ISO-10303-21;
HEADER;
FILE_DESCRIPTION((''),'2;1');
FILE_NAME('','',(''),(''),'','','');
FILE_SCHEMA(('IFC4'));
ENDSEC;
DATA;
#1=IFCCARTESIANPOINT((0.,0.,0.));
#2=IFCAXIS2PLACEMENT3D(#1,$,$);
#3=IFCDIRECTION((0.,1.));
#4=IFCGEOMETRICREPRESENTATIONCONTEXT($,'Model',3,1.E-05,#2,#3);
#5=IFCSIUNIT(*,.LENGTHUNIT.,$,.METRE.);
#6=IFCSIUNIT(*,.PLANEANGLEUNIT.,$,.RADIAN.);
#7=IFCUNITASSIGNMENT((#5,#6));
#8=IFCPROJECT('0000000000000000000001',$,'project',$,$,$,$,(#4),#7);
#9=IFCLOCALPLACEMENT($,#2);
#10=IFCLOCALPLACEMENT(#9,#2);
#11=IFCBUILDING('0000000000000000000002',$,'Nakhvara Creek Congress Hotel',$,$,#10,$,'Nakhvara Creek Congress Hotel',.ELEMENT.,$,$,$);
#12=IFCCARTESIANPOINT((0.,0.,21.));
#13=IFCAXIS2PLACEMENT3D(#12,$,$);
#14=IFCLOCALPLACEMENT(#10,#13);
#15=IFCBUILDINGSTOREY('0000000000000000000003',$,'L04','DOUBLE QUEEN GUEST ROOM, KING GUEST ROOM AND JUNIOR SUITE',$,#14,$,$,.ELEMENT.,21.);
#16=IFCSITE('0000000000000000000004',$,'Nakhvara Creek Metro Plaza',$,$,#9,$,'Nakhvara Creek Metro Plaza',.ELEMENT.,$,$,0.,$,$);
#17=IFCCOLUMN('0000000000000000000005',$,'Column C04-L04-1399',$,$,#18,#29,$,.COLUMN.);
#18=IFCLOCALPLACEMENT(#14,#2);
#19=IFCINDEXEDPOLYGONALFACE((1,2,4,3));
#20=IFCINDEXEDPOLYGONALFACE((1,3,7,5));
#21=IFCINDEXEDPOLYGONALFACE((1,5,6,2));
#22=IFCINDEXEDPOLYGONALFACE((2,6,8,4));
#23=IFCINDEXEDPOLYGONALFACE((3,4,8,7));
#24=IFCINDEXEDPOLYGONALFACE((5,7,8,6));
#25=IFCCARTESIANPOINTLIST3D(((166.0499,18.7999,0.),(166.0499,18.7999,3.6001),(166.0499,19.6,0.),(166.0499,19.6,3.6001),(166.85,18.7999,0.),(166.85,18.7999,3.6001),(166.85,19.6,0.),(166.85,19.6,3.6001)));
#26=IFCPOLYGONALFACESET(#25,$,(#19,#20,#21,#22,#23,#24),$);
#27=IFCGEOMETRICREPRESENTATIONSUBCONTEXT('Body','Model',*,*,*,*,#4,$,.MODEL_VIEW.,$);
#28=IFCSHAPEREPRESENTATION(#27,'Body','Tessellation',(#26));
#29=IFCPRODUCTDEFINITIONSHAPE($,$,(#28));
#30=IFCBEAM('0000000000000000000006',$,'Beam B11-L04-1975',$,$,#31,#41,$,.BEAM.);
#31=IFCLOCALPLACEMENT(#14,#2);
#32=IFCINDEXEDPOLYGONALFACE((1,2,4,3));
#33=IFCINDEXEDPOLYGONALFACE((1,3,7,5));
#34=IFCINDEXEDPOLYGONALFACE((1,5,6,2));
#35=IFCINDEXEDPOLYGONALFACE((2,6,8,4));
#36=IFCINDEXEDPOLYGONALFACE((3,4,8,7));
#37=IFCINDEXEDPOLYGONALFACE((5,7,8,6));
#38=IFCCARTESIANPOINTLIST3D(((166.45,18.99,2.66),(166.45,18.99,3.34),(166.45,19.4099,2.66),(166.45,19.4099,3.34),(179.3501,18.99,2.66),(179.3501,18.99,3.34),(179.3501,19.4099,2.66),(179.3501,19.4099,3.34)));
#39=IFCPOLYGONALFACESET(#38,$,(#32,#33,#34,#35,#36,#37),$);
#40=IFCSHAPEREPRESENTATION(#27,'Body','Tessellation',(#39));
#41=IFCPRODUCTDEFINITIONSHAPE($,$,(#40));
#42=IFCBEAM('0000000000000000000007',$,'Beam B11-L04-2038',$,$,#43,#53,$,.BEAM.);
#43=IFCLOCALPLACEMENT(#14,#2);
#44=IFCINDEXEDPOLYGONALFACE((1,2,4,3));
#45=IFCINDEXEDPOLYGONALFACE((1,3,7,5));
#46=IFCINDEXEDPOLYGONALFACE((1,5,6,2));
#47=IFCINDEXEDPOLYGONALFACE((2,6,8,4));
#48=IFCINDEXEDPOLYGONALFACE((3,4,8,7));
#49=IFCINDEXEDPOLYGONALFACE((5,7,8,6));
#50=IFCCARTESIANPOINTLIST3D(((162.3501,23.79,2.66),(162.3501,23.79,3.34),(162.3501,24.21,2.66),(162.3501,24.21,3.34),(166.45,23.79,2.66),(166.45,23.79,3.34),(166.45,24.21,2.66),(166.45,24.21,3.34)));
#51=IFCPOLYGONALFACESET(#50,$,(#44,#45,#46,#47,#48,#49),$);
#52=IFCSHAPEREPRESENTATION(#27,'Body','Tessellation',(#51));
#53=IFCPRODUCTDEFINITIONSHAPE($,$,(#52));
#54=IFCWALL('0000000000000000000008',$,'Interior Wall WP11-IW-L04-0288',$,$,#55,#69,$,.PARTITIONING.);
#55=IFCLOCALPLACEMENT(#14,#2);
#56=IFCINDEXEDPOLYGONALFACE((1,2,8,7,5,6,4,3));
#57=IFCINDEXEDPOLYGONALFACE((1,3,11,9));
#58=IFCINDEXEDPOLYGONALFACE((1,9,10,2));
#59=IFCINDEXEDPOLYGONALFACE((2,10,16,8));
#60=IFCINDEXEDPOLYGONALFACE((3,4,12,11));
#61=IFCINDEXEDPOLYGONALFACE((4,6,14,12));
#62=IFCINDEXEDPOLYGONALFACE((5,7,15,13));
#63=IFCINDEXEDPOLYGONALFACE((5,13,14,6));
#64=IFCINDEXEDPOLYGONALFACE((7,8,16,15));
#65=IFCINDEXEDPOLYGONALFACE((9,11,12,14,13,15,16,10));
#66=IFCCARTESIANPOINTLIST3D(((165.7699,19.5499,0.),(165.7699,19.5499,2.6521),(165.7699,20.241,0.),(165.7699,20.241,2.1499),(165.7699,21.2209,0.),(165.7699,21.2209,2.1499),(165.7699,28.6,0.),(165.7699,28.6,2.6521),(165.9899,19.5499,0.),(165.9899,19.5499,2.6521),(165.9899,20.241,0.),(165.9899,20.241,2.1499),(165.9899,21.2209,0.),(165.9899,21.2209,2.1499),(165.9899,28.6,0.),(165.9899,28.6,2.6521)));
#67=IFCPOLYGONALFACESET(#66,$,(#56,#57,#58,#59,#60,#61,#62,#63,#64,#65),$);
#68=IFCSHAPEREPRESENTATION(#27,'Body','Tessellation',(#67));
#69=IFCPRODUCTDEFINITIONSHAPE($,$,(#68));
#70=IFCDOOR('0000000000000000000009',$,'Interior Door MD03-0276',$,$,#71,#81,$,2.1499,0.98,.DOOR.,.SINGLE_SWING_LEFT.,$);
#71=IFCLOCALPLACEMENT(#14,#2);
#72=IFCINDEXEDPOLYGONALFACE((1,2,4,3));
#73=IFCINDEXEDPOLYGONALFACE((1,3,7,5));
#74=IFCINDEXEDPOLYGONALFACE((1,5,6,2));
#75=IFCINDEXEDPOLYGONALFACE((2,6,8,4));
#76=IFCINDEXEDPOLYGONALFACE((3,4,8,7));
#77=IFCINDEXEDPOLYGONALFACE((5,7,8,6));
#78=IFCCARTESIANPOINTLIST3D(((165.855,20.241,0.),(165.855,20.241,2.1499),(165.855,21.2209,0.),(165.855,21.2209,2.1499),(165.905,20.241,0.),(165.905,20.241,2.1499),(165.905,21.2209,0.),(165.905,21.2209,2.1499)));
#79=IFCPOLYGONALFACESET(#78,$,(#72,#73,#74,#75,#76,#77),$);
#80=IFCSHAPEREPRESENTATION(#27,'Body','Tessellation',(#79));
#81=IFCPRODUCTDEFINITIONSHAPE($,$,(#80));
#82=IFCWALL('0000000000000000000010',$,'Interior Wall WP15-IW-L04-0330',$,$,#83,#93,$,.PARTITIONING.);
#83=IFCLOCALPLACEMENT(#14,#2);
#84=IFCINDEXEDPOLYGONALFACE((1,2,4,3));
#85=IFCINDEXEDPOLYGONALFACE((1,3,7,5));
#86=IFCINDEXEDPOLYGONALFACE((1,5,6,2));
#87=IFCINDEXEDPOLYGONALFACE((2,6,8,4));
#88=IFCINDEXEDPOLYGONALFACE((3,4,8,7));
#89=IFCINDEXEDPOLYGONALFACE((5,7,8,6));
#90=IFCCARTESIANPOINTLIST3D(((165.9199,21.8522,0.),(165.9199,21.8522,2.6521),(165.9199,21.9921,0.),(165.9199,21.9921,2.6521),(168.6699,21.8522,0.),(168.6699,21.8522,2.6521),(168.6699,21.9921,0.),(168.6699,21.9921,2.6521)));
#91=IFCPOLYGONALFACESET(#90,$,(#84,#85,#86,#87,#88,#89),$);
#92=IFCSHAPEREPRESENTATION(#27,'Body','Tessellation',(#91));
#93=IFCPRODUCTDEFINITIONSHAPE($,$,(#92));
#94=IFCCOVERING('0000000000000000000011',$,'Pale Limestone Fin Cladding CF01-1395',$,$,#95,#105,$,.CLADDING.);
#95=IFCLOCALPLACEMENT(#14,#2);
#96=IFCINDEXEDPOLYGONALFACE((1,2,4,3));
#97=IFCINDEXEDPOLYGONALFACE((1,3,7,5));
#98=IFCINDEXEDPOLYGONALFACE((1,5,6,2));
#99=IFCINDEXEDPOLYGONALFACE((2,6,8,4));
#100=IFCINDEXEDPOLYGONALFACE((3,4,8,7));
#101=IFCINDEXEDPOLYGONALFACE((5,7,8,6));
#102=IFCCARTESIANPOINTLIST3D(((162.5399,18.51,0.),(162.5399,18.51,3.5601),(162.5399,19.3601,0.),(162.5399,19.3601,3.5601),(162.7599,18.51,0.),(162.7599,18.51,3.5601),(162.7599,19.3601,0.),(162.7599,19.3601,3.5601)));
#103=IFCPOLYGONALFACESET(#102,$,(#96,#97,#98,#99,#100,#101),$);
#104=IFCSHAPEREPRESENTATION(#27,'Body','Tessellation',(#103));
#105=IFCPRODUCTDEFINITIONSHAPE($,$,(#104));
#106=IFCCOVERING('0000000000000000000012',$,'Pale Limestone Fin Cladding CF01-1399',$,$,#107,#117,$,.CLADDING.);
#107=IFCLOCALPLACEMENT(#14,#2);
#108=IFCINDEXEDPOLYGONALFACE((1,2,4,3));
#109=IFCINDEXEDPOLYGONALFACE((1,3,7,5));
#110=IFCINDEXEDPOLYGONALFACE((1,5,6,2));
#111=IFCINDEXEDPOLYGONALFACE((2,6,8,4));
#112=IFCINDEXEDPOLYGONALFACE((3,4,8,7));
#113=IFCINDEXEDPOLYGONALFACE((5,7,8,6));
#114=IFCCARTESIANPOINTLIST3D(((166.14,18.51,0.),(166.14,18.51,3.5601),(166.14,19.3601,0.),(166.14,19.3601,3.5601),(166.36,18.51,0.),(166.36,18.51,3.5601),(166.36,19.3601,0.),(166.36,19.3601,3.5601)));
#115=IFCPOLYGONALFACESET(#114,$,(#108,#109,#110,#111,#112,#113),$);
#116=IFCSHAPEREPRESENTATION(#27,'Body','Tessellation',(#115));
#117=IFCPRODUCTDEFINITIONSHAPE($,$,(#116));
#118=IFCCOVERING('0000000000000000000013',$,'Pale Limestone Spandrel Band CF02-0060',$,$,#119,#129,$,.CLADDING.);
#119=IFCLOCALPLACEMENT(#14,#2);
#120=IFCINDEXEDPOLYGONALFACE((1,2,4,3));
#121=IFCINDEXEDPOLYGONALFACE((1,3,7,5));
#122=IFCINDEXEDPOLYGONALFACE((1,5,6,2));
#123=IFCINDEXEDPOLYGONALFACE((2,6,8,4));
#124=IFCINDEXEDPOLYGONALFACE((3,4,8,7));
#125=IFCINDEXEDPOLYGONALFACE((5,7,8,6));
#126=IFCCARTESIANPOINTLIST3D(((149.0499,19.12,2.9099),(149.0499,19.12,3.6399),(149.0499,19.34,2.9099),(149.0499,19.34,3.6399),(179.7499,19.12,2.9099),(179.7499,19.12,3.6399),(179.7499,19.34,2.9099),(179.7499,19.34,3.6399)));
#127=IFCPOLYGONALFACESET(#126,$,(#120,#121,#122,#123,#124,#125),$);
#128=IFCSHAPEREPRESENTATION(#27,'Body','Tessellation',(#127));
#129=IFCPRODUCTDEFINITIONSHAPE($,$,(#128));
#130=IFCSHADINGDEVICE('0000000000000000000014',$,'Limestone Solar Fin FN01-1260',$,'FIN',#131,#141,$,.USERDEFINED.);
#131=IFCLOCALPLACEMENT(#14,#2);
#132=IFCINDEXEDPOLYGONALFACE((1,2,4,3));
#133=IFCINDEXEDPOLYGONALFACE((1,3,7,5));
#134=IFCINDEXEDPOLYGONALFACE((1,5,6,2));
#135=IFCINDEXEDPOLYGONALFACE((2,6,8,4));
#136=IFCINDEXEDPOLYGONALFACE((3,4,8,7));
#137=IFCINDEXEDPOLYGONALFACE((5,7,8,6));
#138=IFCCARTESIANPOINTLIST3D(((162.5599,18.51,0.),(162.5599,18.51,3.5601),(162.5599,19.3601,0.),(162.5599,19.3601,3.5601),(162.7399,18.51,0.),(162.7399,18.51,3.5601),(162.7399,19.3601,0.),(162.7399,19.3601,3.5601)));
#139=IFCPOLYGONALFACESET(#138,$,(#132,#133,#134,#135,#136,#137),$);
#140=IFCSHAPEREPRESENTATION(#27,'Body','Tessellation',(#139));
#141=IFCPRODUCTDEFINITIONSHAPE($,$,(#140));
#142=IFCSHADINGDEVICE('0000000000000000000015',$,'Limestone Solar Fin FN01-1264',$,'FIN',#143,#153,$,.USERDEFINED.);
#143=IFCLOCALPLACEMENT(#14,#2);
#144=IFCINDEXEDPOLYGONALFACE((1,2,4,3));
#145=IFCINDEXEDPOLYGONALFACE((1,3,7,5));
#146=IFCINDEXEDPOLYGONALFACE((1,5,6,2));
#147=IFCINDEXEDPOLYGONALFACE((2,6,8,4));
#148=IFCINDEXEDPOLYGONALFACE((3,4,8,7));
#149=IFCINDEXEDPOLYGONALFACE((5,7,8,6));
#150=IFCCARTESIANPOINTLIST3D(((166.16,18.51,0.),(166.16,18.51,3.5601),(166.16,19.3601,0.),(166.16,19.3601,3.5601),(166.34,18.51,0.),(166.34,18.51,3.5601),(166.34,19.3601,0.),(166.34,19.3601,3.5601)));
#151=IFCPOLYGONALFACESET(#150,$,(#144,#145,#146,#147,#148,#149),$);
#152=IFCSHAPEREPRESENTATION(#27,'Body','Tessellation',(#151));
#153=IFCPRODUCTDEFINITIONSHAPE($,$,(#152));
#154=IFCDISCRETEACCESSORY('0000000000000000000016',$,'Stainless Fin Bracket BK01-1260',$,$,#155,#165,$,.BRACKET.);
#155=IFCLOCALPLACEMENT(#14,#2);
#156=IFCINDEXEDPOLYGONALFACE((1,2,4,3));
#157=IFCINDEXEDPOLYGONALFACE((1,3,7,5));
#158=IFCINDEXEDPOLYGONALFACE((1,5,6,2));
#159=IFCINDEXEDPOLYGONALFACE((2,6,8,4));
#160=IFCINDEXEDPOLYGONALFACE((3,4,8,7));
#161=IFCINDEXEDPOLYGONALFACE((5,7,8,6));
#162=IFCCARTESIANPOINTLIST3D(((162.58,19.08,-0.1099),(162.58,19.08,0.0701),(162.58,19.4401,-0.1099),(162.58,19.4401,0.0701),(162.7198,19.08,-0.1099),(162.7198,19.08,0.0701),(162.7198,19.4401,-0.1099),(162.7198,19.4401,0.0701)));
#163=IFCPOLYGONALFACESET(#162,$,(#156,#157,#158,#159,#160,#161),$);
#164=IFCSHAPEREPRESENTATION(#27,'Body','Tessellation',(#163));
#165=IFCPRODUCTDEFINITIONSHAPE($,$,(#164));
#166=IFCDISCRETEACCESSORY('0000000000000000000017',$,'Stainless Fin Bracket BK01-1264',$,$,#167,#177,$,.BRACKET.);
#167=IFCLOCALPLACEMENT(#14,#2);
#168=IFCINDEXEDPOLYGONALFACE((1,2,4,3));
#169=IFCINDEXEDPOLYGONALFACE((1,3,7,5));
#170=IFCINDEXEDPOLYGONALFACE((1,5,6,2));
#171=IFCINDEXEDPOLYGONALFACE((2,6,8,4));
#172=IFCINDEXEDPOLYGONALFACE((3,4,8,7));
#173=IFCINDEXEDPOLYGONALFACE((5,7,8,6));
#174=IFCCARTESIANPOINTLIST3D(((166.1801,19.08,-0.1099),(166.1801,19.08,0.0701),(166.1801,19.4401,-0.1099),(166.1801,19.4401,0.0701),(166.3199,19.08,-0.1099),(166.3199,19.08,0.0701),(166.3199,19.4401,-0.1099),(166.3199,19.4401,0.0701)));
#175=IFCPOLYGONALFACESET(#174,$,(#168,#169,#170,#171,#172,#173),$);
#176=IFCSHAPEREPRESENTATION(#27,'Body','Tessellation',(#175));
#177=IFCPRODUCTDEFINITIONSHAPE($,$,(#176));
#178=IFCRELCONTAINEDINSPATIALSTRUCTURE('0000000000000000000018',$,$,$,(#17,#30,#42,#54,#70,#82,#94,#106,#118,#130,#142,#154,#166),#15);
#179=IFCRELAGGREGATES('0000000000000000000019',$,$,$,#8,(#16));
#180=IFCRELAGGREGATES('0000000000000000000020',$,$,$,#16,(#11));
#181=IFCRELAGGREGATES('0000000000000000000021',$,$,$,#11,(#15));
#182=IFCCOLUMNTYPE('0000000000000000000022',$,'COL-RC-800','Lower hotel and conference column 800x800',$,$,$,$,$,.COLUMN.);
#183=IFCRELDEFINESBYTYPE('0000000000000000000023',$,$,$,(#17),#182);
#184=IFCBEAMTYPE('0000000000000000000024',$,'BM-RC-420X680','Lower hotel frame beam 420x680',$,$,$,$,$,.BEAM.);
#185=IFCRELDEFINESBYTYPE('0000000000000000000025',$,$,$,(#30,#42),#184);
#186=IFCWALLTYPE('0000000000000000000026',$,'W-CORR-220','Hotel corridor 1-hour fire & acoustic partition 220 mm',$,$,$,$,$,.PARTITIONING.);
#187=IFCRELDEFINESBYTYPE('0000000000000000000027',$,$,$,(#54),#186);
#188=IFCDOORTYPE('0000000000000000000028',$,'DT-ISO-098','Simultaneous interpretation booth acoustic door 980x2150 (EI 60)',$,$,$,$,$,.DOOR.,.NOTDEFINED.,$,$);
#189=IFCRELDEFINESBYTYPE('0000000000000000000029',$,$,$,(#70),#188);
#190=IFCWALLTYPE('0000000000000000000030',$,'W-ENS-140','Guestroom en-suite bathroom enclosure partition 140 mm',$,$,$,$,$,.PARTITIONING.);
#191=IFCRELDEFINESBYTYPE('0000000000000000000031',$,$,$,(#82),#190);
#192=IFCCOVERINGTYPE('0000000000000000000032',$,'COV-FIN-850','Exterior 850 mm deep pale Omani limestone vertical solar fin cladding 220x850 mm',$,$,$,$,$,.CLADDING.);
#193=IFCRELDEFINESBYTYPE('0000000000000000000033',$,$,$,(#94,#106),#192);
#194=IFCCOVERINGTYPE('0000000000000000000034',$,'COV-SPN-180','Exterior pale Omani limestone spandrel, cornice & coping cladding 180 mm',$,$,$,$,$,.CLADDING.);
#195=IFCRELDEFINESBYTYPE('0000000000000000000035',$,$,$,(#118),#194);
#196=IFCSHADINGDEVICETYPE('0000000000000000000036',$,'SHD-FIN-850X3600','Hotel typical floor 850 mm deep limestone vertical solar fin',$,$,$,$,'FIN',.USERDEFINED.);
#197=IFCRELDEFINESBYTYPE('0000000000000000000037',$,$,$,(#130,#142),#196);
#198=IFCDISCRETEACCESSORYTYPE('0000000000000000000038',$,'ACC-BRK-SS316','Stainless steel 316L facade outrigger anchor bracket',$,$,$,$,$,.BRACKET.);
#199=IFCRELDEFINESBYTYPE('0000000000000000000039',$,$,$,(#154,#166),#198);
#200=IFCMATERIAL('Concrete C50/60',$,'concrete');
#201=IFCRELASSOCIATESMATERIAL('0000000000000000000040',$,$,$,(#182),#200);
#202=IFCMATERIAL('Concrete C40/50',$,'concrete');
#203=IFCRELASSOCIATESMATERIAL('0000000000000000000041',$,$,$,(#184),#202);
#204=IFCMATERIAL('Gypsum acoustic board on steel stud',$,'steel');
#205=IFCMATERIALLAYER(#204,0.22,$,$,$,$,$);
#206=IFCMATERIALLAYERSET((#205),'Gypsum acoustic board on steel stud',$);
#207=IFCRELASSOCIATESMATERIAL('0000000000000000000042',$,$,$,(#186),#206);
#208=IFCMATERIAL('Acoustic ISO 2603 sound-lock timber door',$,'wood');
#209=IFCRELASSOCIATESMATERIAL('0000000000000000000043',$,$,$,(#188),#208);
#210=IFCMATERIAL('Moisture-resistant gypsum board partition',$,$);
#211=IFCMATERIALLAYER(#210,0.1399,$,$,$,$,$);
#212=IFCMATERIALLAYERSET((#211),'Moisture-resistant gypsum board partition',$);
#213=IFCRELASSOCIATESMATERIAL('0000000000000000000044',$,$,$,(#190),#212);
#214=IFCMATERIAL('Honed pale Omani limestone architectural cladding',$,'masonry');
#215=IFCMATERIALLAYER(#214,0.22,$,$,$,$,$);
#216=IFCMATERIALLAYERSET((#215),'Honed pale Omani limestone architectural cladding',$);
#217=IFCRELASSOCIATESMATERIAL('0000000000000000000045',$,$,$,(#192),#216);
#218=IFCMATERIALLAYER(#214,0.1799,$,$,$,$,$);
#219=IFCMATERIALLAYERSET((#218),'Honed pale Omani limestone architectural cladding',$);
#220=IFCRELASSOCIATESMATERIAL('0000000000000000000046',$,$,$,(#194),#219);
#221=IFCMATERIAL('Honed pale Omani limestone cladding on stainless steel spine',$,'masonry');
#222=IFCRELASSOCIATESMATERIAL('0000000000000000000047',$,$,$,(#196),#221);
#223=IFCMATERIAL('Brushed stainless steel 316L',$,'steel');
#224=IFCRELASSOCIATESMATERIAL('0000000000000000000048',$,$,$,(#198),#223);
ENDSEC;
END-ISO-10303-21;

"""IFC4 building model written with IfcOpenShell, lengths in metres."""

from ifc_helpers import new_model, si_unit, direction, frame, frame_2d, origin, origin_2d, place, context, subcontext, project, spatial, rectangle, extrude, material, layer, layer_set, material_profile, profile_set, type_object, element, fill, save


model = new_model("IFC4")

# Units and contexts
model_context = context("Model", 3, precision=1e-05, world=origin(), true_north=direction((0.0, 1.0)))
body_context = subcontext(model_context, "Body", "Model", "MODEL_VIEW")
ifc_project = project(units=[si_unit("LENGTHUNIT", "METRE"), si_unit("PLANEANGLEUNIT", "RADIAN")], contexts=[model_context])

# Site, building, storey
site_placement = place(None, origin())
site = spatial("IfcSite", under=ifc_project, at=site_placement, Name="Nakhvara Creek Metro Plaza", LongName="Nakhvara Creek Metro Plaza", CompositionType="ELEMENT", RefElevation=0.0)
building_placement = place(site_placement, origin())
building = spatial("IfcBuilding", under=site, at=building_placement, Name="Nakhvara Creek Congress Hotel", LongName="Nakhvara Creek Congress Hotel", CompositionType="ELEMENT")
storey_placement = place(building_placement, frame((0.0, 0.0, 21.0)))
storey = spatial("IfcBuildingStorey", under=building, at=storey_placement, Name="L04", Description="DOUBLE QUEEN GUEST ROOM, KING GUEST ROOM AND JUNIOR SUITE", CompositionType="ELEMENT", Elevation=21.0)

# Column
ifc_material_1 = material(Name="Concrete C50/60", Category="concrete")
ifc_material_profile_1 = material_profile(ifc_material_1, rectangle(XDim=0.8, YDim=0.8, at=origin_2d()), Name="RC-COL 800x800", Category="LoadBearing")
ifc_profile_set_1 = profile_set([ifc_material_profile_1], Name="Concrete C50/60")
column_type = type_object("IfcColumnType", Name="COL-RC-800", Description="Lower hotel and conference column 800x800", PredefinedType="COLUMN", material=ifc_profile_set_1)
column_placement = place(storey_placement, frame((166.45, 19.2, 0.0), z_axis=(0.0, 0.0, 1.0), x_axis=(1.0, 0.0, 0.0)))
element("IfcColumn", 1, at=column_placement, inside=storey, type_object=column_type, Name="Column C04-L04-1399", PredefinedType="COLUMN", context=body_context, shape_type="SweptSolid", body=[
    extrude(rectangle(XDim=0.8, YDim=0.8, at=origin_2d()), origin(), (0.0, 0.0, 1.0), 3.6001),
])

# Beams
ifc_material_2 = material(Name="Concrete C40/50", Category="concrete")
ifc_material_profile_2 = material_profile(ifc_material_2, rectangle(XDim=0.4199, YDim=0.6799, at=origin_2d()), Name="RC-BM 420x680", Category="LoadBearing")
ifc_profile_set_2 = profile_set([ifc_material_profile_2], Name="Concrete C40/50")
beam_type = type_object("IfcBeamType", Name="BM-RC-420X680", Description="Lower hotel frame beam 420x680", PredefinedType="BEAM", material=ifc_profile_set_2)
beam_1_placement = place(storey_placement, frame((166.45, 19.2, 3.0), z_axis=(1.0, 0.0, 0.0), x_axis=(0.0, 1.0, 0.0)))
element("IfcBeam", 2, at=beam_1_placement, inside=storey, type_object=beam_type, Name="Beam B11-L04-1975", PredefinedType="BEAM", context=body_context, shape_type="SweptSolid", body=[
    extrude(rectangle(XDim=0.4199, YDim=0.6799, at=origin_2d()), origin(), (0.0, 0.0, 1.0), 12.9001),
])
beam_2_placement = place(storey_placement, frame((162.3501, 24.0, 3.0), z_axis=(1.0, 0.0, 0.0), x_axis=(0.0, 1.0, 0.0)))
element("IfcBeam", 3, at=beam_2_placement, inside=storey, type_object=beam_type, Name="Beam B11-L04-2038", PredefinedType="BEAM", context=body_context, shape_type="SweptSolid", body=[
    extrude(rectangle(XDim=0.4199, YDim=0.6799, at=origin_2d()), origin(), (0.0, 0.0, 1.0), 4.0999),
])

# Shared definitions
ifc_material_3 = material(Name="Gypsum acoustic board on steel stud", Category="steel")
ifc_layer_1 = layer(ifc_material_3, 0.22)
ifc_layer_set_1 = layer_set([ifc_layer_1], Name="Gypsum acoustic board on steel stud")
wall_type_1 = type_object("IfcWallType", Name="W-CORR-220", Description="Hotel corridor 1-hour fire & acoustic partition 220 mm", PredefinedType="PARTITIONING", material=ifc_layer_set_1)
ifc_material_4 = material(Name="Acoustic ISO 2603 sound-lock timber door", Category="wood")
door_type_1 = type_object("IfcDoorType", Name="DT-ISO-098", Description="Simultaneous interpretation booth acoustic door 980x2150 (EI 60)", OperationType="NOTDEFINED", PredefinedType="DOOR", material=ifc_material_4)

# Wall, opening, door
wall_1_placement = place(storey_placement, frame((165.8799, 19.55, 0.0), z_axis=(0.0, 0.0, 1.0), x_axis=(0.0, 1.0, 0.0)))
wall_1 = element("IfcWall", 4, at=wall_1_placement, inside=storey, type_object=wall_type_1, Name="Interior Wall WP11-IW-L04-0288", PredefinedType="PARTITIONING", context=body_context, shape_type="SweptSolid", body=[
    extrude(rectangle(XDim=9.05, YDim=0.22, at=frame_2d((4.5249, 0.0))), origin(), (0.0, 0.0, 1.0), 2.6521),
])
opening_1_placement = place(wall_1_placement, frame((0.6909, 0.0, 0.0)))
opening_1 = element("IfcOpeningElement", 5, at=opening_1_placement, cuts=wall_1, PredefinedType="OPENING", context=body_context, shape_type="SweptSolid", body=[
    extrude(rectangle(XDim=0.98, YDim=2.1499, at=frame_2d((0.49, 1.075))), frame((0.0, 0.1221, 0.0), z_axis=(0.0, -1.0, 0.0), x_axis=(1.0, 0.0, 0.0)), (0.0, 0.0, 1.0), 0.2439),
])
door_1_placement = place(opening_1_placement, origin())
door_1 = element("IfcDoor", 6, at=door_1_placement, inside=storey, type_object=door_type_1, Name="Interior Door MD03-0276", OperationType="SINGLE_SWING_LEFT", OverallHeight=2.1499, OverallWidth=0.98, PredefinedType="DOOR", context=body_context, shape_type="SweptSolid", body=[
    extrude(rectangle(XDim=0.98, YDim=2.1499, at=frame_2d((0.49, 1.075))), frame((0.0, 0.0249, 0.0), z_axis=(0.0, -1.0, 0.0), x_axis=(1.0, 0.0, 0.0)), (0.0, 0.0, 1.0), 0.05),
])
fill(opening_1, door_1)

# Wall
ifc_material_5 = material(Name="Moisture-resistant gypsum board partition")
ifc_layer_2 = layer(ifc_material_5, 0.1399)
ifc_layer_set_2 = layer_set([ifc_layer_2], Name="Moisture-resistant gypsum board partition")
wall_type_2 = type_object("IfcWallType", Name="W-ENS-140", Description="Guestroom en-suite bathroom enclosure partition 140 mm", PredefinedType="PARTITIONING", material=ifc_layer_set_2)
wall_2_placement = place(storey_placement, frame((165.9199, 21.9221, 0.0), z_axis=(0.0, 0.0, 1.0), x_axis=(1.0, 0.0, 0.0)))
element("IfcWall", 7, at=wall_2_placement, inside=storey, type_object=wall_type_2, Name="Interior Wall WP15-IW-L04-0330", PredefinedType="PARTITIONING", context=body_context, shape_type="SweptSolid", body=[
    extrude(rectangle(XDim=2.75, YDim=0.1399, at=frame_2d((1.375, 0.0))), origin(), (0.0, 0.0, 1.0), 2.6521),
])

# Coverings
ifc_material_6 = material(Name="Honed pale Omani limestone architectural cladding", Category="masonry")
ifc_layer_3 = layer(ifc_material_6, 0.22)
ifc_layer_set_3 = layer_set([ifc_layer_3], Name="Honed pale Omani limestone architectural cladding")
covering_type_1 = type_object("IfcCoveringType", Name="COV-FIN-850", Description="Exterior 850 mm deep pale Omani limestone vertical solar fin cladding 220x850 mm", PredefinedType="CLADDING", material=ifc_layer_set_3)
for number, where, z_axis, x_axis, name in (
    (8, (162.6499, 18.9351, 0.0), (0.0, 0.0, 1.0), (1.0, 0.0, 0.0), "Pale Limestone Fin Cladding CF01-1395"),
    (9, (166.25, 18.9351, 0.0), (0.0, 0.0, 1.0), (1.0, 0.0, 0.0), "Pale Limestone Fin Cladding CF01-1399"),
):
    element("IfcCovering", number, at=place(storey_placement, frame(where, z_axis=z_axis, x_axis=x_axis)), inside=storey, type_object=covering_type_1, Name=name, PredefinedType="CLADDING", context=body_context, shape_type="SweptSolid", body=[
        extrude(rectangle(XDim=0.22, YDim=0.8501, at=origin_2d()), origin(), (0.0, 0.0, 1.0), 3.5601),
    ])
ifc_layer_4 = layer(ifc_material_6, 0.1799)
ifc_layer_set_4 = layer_set([ifc_layer_4], Name="Honed pale Omani limestone architectural cladding")
covering_type_2 = type_object("IfcCoveringType", Name="COV-SPN-180", Description="Exterior pale Omani limestone spandrel, cornice & coping cladding 180 mm", PredefinedType="CLADDING", material=ifc_layer_set_4)
covering_placement = place(storey_placement, frame((164.3999, 19.23, 2.9099), z_axis=(0.0, 0.0, 1.0), x_axis=(1.0, 0.0, 0.0)))
element("IfcCovering", 10, at=covering_placement, inside=storey, type_object=covering_type_2, Name="Pale Limestone Spandrel Band CF02-0060", PredefinedType="CLADDING", context=body_context, shape_type="SweptSolid", body=[
    extrude(rectangle(XDim=30.7, YDim=0.22, at=origin_2d()), origin(), (0.0, 0.0, 1.0), 0.73),
])

# Shading devices
ifc_material_7 = material(Name="Honed pale Omani limestone cladding on stainless steel spine", Category="masonry")
shading_device_type = type_object("IfcShadingDeviceType", Name="SHD-FIN-850X3600", Description="Hotel typical floor 850 mm deep limestone vertical solar fin", ElementType="FIN", PredefinedType="USERDEFINED", material=ifc_material_7)
for number, where, z_axis, x_axis, name in (
    (11, (162.6499, 18.9351, 0.0), (0.0, 0.0, 1.0), (1.0, 0.0, 0.0), "Limestone Solar Fin FN01-1260"),
    (12, (166.25, 18.9351, 0.0), (0.0, 0.0, 1.0), (1.0, 0.0, 0.0), "Limestone Solar Fin FN01-1264"),
):
    element("IfcShadingDevice", number, at=place(storey_placement, frame(where, z_axis=z_axis, x_axis=x_axis)), inside=storey, type_object=shading_device_type, Name=name, ObjectType="FIN", PredefinedType="USERDEFINED", context=body_context, shape_type="SweptSolid", body=[
        extrude(rectangle(XDim=0.1799, YDim=0.8501, at=origin_2d()), origin(), (0.0, 0.0, 1.0), 3.5601),
    ])

# Discrete accessories
ifc_material_8 = material(Name="Brushed stainless steel 316L", Category="steel")
discrete_accessory_type = type_object("IfcDiscreteAccessoryType", Name="ACC-BRK-SS316", Description="Stainless steel 316L facade outrigger anchor bracket", PredefinedType="BRACKET", material=ifc_material_8)
for number, where, z_axis, x_axis, name in (
    (13, (162.6499, 19.26, -0.1099), (0.0, 0.0, 1.0), (1.0, 0.0, 0.0), "Stainless Fin Bracket BK01-1260"),
    (14, (166.25, 19.26, -0.1099), (0.0, 0.0, 1.0), (1.0, 0.0, 0.0), "Stainless Fin Bracket BK01-1264"),
):
    element("IfcDiscreteAccessory", number, at=place(storey_placement, frame(where, z_axis=z_axis, x_axis=x_axis)), inside=storey, type_object=discrete_accessory_type, Name=name, PredefinedType="BRACKET", context=body_context, shape_type="SweptSolid", body=[
        extrude(rectangle(XDim=0.1399, YDim=0.3601, at=origin_2d()), origin(), (0.0, 0.0, 1.0), 0.1799),
    ])

save(model, "model.ifc")
